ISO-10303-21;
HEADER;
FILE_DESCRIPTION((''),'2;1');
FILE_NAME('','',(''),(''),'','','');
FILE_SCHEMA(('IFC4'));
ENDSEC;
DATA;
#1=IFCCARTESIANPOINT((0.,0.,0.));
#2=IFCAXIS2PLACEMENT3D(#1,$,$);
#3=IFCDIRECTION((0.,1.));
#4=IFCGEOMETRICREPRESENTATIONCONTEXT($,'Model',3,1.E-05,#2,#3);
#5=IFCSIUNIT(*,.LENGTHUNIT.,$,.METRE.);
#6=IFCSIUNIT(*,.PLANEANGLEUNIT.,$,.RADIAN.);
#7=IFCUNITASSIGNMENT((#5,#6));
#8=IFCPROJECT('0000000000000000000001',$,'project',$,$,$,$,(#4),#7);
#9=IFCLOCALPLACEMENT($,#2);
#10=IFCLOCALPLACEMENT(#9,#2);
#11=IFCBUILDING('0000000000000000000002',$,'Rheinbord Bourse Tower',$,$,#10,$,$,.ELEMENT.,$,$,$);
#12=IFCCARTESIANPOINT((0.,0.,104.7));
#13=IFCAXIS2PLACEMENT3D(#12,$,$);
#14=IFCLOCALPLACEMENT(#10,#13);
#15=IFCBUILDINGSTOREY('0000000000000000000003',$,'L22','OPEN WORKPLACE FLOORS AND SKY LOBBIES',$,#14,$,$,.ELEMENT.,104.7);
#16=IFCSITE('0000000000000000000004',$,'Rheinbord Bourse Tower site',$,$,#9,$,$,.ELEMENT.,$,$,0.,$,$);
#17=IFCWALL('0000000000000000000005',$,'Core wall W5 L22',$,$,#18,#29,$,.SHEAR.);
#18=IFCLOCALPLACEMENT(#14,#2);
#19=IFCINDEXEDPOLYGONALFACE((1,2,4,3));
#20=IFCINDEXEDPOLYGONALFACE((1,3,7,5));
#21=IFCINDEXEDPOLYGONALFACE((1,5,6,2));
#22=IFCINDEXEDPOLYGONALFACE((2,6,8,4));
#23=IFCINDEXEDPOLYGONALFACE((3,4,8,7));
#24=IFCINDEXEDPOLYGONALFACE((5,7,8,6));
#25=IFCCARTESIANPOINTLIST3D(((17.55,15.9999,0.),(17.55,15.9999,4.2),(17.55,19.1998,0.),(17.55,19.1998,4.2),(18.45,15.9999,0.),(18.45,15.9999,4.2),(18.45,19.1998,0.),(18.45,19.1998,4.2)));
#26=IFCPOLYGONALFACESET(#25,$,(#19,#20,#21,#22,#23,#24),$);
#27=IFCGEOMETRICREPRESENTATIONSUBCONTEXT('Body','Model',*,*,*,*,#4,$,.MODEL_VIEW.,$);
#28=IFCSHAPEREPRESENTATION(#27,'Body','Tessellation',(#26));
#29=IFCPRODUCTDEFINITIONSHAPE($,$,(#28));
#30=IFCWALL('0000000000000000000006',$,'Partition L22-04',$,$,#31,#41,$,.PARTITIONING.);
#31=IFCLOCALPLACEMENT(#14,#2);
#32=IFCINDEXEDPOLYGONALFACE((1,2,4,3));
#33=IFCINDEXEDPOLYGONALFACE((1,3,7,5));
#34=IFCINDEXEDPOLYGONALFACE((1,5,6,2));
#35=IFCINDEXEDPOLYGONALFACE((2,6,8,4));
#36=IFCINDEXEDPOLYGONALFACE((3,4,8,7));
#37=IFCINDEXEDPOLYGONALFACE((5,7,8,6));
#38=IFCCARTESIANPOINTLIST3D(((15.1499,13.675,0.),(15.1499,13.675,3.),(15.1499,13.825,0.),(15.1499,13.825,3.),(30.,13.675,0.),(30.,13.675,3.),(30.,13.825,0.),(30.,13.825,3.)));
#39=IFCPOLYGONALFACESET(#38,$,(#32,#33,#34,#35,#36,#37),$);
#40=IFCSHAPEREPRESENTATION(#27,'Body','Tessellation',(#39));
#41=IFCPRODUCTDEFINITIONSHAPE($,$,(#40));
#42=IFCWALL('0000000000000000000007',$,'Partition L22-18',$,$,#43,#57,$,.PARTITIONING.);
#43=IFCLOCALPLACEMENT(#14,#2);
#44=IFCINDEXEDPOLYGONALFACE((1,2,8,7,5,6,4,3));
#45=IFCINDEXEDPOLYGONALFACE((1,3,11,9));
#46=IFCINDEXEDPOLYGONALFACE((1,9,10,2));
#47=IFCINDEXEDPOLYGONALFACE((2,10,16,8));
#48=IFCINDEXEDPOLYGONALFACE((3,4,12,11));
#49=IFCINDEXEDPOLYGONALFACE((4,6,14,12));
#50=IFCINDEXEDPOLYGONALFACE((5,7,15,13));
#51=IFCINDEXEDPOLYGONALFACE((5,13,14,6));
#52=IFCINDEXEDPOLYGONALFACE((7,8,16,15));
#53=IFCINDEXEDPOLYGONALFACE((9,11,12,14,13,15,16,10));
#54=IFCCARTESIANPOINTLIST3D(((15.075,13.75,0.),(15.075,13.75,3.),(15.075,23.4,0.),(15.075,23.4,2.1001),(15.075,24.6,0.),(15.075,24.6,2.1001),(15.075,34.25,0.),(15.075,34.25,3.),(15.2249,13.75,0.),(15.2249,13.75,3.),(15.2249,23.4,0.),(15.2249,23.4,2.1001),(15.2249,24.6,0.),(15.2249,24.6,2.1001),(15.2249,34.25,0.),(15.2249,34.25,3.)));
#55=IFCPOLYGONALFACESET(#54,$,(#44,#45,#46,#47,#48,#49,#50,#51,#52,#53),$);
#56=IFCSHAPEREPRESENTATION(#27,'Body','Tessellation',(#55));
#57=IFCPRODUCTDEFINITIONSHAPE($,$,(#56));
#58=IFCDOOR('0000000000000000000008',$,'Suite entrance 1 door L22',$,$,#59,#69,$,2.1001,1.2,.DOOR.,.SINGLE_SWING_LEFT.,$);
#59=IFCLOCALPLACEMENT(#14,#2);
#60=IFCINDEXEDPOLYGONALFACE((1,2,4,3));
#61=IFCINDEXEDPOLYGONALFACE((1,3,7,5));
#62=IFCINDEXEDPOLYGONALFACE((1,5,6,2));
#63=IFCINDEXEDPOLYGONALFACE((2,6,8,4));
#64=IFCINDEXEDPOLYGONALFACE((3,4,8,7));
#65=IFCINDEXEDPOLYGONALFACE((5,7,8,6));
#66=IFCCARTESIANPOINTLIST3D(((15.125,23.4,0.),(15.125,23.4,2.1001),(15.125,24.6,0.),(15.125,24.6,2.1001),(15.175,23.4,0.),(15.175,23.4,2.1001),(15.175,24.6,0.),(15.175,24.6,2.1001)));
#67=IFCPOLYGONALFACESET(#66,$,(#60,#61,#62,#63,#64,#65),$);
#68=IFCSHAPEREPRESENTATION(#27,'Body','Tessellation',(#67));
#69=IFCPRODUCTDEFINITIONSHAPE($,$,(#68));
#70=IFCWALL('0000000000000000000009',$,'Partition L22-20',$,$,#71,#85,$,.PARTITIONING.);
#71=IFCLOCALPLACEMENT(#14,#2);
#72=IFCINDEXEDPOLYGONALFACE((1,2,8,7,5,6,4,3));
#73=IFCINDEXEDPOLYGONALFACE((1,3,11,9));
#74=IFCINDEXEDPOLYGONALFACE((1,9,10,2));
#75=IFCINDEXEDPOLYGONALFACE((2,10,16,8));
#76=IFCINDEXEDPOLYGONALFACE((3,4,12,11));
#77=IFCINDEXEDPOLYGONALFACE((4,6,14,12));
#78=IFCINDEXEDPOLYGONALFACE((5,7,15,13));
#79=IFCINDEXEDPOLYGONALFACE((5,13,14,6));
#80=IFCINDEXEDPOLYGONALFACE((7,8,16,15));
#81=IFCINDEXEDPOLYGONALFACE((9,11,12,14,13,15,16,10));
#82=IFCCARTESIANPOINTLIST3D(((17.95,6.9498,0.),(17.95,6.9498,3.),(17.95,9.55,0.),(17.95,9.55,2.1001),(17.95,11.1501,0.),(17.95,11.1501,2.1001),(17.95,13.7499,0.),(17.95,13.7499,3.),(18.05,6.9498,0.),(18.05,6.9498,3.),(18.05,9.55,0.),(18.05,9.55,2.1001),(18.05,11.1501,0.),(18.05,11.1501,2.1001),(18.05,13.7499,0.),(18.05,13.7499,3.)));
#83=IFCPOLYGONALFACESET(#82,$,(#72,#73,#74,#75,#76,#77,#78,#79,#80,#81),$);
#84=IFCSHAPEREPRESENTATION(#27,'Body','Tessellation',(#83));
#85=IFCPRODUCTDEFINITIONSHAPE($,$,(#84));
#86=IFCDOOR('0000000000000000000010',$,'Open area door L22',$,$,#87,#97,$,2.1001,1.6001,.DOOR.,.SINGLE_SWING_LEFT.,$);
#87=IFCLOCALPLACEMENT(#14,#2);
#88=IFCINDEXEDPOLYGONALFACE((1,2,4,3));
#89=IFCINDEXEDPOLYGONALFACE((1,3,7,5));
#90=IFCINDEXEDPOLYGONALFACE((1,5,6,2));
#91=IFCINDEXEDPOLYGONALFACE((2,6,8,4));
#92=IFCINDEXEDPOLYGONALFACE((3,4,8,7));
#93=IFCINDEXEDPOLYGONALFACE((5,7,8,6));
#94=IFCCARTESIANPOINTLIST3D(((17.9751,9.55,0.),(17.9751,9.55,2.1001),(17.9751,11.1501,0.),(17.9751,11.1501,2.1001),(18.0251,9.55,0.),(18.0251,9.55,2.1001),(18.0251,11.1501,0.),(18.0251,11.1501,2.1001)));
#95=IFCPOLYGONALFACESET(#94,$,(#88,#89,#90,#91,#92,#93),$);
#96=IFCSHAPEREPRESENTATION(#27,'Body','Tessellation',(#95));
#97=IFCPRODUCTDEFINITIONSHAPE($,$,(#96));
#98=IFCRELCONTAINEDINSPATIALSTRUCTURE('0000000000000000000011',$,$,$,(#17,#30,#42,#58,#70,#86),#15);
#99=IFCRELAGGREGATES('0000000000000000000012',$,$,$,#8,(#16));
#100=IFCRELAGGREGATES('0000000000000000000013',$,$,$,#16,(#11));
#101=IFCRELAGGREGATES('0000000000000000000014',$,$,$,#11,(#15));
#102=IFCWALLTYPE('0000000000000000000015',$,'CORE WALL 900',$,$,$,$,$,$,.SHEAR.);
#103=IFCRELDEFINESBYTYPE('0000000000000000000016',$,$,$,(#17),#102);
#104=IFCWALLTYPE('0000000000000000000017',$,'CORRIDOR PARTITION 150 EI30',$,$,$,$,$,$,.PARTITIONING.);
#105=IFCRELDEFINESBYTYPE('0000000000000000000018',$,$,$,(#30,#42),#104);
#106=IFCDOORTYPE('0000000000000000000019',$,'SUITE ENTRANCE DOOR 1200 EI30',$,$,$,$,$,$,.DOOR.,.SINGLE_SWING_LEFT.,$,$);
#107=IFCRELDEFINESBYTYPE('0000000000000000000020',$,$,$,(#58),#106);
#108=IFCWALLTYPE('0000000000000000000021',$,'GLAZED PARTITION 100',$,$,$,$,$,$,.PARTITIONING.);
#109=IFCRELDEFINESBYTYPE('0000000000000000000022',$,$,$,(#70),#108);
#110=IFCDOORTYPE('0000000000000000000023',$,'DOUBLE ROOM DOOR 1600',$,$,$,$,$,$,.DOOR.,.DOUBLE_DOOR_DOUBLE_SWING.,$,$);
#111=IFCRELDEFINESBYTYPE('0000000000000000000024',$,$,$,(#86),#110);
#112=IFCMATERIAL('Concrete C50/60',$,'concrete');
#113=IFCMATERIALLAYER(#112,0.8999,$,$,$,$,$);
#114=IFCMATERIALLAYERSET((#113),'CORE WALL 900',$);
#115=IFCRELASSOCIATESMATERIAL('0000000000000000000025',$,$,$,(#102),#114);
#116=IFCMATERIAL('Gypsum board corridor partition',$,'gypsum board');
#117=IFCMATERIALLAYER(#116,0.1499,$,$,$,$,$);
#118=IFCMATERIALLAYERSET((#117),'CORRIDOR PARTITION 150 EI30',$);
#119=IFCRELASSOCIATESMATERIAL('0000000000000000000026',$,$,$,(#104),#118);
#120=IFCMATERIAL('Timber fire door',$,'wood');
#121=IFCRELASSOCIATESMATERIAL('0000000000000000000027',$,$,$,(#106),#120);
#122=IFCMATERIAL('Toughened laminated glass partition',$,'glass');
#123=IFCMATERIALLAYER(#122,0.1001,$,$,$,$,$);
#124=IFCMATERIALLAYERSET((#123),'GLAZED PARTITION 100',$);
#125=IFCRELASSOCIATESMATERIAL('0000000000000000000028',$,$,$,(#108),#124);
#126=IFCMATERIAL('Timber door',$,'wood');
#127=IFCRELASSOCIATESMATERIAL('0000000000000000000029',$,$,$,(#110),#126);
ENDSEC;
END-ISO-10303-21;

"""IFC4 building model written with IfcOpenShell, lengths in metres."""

from ifc_helpers import new_model, si_unit, direction, frame, frame_2d, origin, place, context, subcontext, project, spatial, rectangle, extrude, material, layer, layer_set, type_object, element, fill, save


model = new_model("IFC4")

# Units and contexts
model_context = context("Model", 3, precision=1e-05, world=origin(), true_north=direction((0.0, 1.0)))
body_context = subcontext(model_context, "Body", "Model", "MODEL_VIEW")
ifc_project = project(units=[si_unit("LENGTHUNIT", "METRE"), si_unit("PLANEANGLEUNIT", "RADIAN")], contexts=[model_context])

# Site, building, storey
site_placement = place(None, origin())
site = spatial("IfcSite", under=ifc_project, at=site_placement, Name="Rheinbord Bourse Tower site", CompositionType="ELEMENT", RefElevation=0.0)
building_placement = place(site_placement, origin())
building = spatial("IfcBuilding", under=site, at=building_placement, Name="Rheinbord Bourse Tower", CompositionType="ELEMENT")
storey_placement = place(building_placement, frame((0.0, 0.0, 104.7)))
storey = spatial("IfcBuildingStorey", under=building, at=storey_placement, Name="L22", Description="OPEN WORKPLACE FLOORS AND SKY LOBBIES", CompositionType="ELEMENT", Elevation=104.7)

# Shared definitions
ifc_material_1 = material(Name="Concrete C50/60", Category="concrete")
ifc_layer_1 = layer(ifc_material_1, 0.8999)
ifc_layer_set_1 = layer_set([ifc_layer_1], Name="CORE WALL 900")
wall_type_1 = type_object("IfcWallType", Name="CORE WALL 900", PredefinedType="SHEAR", material=ifc_layer_set_1)

# Walls
wall_1_placement = place(storey_placement, frame((18.0, 19.2, 0.0), z_axis=(0.0, 0.0, 1.0), x_axis=(0.0, -1.0, 0.0)))
element("IfcWall", 1, at=wall_1_placement, inside=storey, type_object=wall_type_1, Name="Core wall W5 L22", PredefinedType="SHEAR", context=body_context, shape_type="SweptSolid", body=[
    extrude(rectangle(XDim=3.2, YDim=0.8999, at=frame_2d((1.6001, 0.0))), origin(), (0.0, 0.0, 1.0), 4.2),
])
ifc_material_2 = material(Name="Gypsum board corridor partition", Category="gypsum board")
ifc_layer_2 = layer(ifc_material_2, 0.1499)
ifc_layer_set_2 = layer_set([ifc_layer_2], Name="CORRIDOR PARTITION 150 EI30")
wall_type_2 = type_object("IfcWallType", Name="CORRIDOR PARTITION 150 EI30", PredefinedType="PARTITIONING", material=ifc_layer_set_2)
wall_2_placement = place(storey_placement, frame((15.1499, 13.75, 0.0), z_axis=(0.0, 0.0, 1.0), x_axis=(1.0, 0.0, 0.0)))
element("IfcWall", 2, at=wall_2_placement, inside=storey, type_object=wall_type_2, Name="Partition L22-04", PredefinedType="PARTITIONING", context=body_context, shape_type="SweptSolid", body=[
    extrude(rectangle(XDim=14.8501, YDim=0.1499, at=frame_2d((7.425, 0.0))), origin(), (0.0, 0.0, 1.0), 3.0),
])

# Walls, openings, doors
wall_3_placement = place(storey_placement, frame((15.1499, 13.75, 0.0), z_axis=(0.0, 0.0, 1.0), x_axis=(0.0, 1.0, 0.0)))
wall_3 = element("IfcWall", 3, at=wall_3_placement, inside=storey, type_object=wall_type_2, Name="Partition L22-18", PredefinedType="PARTITIONING", context=body_context, shape_type="SweptSolid", body=[
    extrude(rectangle(XDim=20.5, YDim=0.1499, at=frame_2d((10.25, 0.0))), origin(), (0.0, 0.0, 1.0), 3.0),
])
opening_1_placement = place(wall_3_placement, frame((9.6499, 0.0, 0.0)))
opening_1 = element("IfcOpeningElement", 4, at=opening_1_placement, cuts=wall_3, PredefinedType="OPENING", context=body_context, shape_type="SweptSolid", body=[
    extrude(rectangle(XDim=1.2, YDim=2.1001, at=frame_2d((0.6001, 1.05))), frame((0.0, 0.085, 0.0), z_axis=(0.0, -1.0, 0.0), x_axis=(1.0, 0.0, 0.0)), (0.0, 0.0, 1.0), 0.1699),
])
ifc_material_3 = material(Name="Timber fire door", Category="wood")
door_type_1 = type_object("IfcDoorType", Name="SUITE ENTRANCE DOOR 1200 EI30", OperationType="SINGLE_SWING_LEFT", PredefinedType="DOOR", material=ifc_material_3)
door_1_placement = place(opening_1_placement, origin())
door_1 = element("IfcDoor", 5, at=door_1_placement, inside=storey, type_object=door_type_1, Name="Suite entrance 1 door L22", OperationType="SINGLE_SWING_LEFT", OverallHeight=2.1001, OverallWidth=1.2, PredefinedType="DOOR", context=body_context, shape_type="SweptSolid", body=[
    extrude(rectangle(XDim=1.2, YDim=2.1001, at=frame_2d((0.6001, 1.05))), frame((0.0, 0.0249, 0.0), z_axis=(0.0, -1.0, 0.0), x_axis=(1.0, 0.0, 0.0)), (0.0, 0.0, 1.0), 0.05),
])
fill(opening_1, door_1)
ifc_material_4 = material(Name="Toughened laminated glass partition", Category="glass")
ifc_layer_3 = layer(ifc_material_4, 0.1001)
ifc_layer_set_3 = layer_set([ifc_layer_3], Name="GLAZED PARTITION 100")
wall_type_3 = type_object("IfcWallType", Name="GLAZED PARTITION 100", PredefinedType="PARTITIONING", material=ifc_layer_set_3)
wall_4_placement = place(storey_placement, frame((18.0, 6.95, 0.0), z_axis=(0.0, 0.0, 1.0), x_axis=(0.0, 1.0, 0.0)))
wall_4 = element("IfcWall", 6, at=wall_4_placement, inside=storey, type_object=wall_type_3, Name="Partition L22-20", PredefinedType="PARTITIONING", context=body_context, shape_type="SweptSolid", body=[
    extrude(rectangle(XDim=6.8, YDim=0.1001, at=frame_2d((3.3999, 0.0))), origin(), (0.0, 0.0, 1.0), 3.0),
])
opening_2_placement = place(wall_4_placement, frame((2.6001, 0.0, 0.0)))
opening_2 = element("IfcOpeningElement", 7, at=opening_2_placement, cuts=wall_4, PredefinedType="OPENING", context=body_context, shape_type="SweptSolid", body=[
    extrude(rectangle(XDim=1.6001, YDim=2.1001, at=frame_2d((0.8, 1.05))), frame((0.0, 0.0601, 0.0), z_axis=(0.0, -1.0, 0.0), x_axis=(1.0, 0.0, 0.0)), (0.0, 0.0, 1.0), 0.1201),
])
ifc_material_5 = material(Name="Timber door", Category="wood")
door_type_2 = type_object("IfcDoorType", Name="DOUBLE ROOM DOOR 1600", OperationType="DOUBLE_DOOR_DOUBLE_SWING", PredefinedType="DOOR", material=ifc_material_5)
door_2_placement = place(opening_2_placement, origin())
door_2 = element("IfcDoor", 8, at=door_2_placement, inside=storey, type_object=door_type_2, Name="Open area door L22", OperationType="SINGLE_SWING_LEFT", OverallHeight=2.1001, OverallWidth=1.6001, PredefinedType="DOOR", context=body_context, shape_type="SweptSolid", body=[
    extrude(rectangle(XDim=1.6001, YDim=2.1001, at=frame_2d((0.8, 1.05))), frame((0.0, 0.0249, 0.0), z_axis=(0.0, -1.0, 0.0), x_axis=(1.0, 0.0, 0.0)), (0.0, 0.0, 1.0), 0.05),
])
fill(opening_2, door_2)

save(model, "model.ifc")
